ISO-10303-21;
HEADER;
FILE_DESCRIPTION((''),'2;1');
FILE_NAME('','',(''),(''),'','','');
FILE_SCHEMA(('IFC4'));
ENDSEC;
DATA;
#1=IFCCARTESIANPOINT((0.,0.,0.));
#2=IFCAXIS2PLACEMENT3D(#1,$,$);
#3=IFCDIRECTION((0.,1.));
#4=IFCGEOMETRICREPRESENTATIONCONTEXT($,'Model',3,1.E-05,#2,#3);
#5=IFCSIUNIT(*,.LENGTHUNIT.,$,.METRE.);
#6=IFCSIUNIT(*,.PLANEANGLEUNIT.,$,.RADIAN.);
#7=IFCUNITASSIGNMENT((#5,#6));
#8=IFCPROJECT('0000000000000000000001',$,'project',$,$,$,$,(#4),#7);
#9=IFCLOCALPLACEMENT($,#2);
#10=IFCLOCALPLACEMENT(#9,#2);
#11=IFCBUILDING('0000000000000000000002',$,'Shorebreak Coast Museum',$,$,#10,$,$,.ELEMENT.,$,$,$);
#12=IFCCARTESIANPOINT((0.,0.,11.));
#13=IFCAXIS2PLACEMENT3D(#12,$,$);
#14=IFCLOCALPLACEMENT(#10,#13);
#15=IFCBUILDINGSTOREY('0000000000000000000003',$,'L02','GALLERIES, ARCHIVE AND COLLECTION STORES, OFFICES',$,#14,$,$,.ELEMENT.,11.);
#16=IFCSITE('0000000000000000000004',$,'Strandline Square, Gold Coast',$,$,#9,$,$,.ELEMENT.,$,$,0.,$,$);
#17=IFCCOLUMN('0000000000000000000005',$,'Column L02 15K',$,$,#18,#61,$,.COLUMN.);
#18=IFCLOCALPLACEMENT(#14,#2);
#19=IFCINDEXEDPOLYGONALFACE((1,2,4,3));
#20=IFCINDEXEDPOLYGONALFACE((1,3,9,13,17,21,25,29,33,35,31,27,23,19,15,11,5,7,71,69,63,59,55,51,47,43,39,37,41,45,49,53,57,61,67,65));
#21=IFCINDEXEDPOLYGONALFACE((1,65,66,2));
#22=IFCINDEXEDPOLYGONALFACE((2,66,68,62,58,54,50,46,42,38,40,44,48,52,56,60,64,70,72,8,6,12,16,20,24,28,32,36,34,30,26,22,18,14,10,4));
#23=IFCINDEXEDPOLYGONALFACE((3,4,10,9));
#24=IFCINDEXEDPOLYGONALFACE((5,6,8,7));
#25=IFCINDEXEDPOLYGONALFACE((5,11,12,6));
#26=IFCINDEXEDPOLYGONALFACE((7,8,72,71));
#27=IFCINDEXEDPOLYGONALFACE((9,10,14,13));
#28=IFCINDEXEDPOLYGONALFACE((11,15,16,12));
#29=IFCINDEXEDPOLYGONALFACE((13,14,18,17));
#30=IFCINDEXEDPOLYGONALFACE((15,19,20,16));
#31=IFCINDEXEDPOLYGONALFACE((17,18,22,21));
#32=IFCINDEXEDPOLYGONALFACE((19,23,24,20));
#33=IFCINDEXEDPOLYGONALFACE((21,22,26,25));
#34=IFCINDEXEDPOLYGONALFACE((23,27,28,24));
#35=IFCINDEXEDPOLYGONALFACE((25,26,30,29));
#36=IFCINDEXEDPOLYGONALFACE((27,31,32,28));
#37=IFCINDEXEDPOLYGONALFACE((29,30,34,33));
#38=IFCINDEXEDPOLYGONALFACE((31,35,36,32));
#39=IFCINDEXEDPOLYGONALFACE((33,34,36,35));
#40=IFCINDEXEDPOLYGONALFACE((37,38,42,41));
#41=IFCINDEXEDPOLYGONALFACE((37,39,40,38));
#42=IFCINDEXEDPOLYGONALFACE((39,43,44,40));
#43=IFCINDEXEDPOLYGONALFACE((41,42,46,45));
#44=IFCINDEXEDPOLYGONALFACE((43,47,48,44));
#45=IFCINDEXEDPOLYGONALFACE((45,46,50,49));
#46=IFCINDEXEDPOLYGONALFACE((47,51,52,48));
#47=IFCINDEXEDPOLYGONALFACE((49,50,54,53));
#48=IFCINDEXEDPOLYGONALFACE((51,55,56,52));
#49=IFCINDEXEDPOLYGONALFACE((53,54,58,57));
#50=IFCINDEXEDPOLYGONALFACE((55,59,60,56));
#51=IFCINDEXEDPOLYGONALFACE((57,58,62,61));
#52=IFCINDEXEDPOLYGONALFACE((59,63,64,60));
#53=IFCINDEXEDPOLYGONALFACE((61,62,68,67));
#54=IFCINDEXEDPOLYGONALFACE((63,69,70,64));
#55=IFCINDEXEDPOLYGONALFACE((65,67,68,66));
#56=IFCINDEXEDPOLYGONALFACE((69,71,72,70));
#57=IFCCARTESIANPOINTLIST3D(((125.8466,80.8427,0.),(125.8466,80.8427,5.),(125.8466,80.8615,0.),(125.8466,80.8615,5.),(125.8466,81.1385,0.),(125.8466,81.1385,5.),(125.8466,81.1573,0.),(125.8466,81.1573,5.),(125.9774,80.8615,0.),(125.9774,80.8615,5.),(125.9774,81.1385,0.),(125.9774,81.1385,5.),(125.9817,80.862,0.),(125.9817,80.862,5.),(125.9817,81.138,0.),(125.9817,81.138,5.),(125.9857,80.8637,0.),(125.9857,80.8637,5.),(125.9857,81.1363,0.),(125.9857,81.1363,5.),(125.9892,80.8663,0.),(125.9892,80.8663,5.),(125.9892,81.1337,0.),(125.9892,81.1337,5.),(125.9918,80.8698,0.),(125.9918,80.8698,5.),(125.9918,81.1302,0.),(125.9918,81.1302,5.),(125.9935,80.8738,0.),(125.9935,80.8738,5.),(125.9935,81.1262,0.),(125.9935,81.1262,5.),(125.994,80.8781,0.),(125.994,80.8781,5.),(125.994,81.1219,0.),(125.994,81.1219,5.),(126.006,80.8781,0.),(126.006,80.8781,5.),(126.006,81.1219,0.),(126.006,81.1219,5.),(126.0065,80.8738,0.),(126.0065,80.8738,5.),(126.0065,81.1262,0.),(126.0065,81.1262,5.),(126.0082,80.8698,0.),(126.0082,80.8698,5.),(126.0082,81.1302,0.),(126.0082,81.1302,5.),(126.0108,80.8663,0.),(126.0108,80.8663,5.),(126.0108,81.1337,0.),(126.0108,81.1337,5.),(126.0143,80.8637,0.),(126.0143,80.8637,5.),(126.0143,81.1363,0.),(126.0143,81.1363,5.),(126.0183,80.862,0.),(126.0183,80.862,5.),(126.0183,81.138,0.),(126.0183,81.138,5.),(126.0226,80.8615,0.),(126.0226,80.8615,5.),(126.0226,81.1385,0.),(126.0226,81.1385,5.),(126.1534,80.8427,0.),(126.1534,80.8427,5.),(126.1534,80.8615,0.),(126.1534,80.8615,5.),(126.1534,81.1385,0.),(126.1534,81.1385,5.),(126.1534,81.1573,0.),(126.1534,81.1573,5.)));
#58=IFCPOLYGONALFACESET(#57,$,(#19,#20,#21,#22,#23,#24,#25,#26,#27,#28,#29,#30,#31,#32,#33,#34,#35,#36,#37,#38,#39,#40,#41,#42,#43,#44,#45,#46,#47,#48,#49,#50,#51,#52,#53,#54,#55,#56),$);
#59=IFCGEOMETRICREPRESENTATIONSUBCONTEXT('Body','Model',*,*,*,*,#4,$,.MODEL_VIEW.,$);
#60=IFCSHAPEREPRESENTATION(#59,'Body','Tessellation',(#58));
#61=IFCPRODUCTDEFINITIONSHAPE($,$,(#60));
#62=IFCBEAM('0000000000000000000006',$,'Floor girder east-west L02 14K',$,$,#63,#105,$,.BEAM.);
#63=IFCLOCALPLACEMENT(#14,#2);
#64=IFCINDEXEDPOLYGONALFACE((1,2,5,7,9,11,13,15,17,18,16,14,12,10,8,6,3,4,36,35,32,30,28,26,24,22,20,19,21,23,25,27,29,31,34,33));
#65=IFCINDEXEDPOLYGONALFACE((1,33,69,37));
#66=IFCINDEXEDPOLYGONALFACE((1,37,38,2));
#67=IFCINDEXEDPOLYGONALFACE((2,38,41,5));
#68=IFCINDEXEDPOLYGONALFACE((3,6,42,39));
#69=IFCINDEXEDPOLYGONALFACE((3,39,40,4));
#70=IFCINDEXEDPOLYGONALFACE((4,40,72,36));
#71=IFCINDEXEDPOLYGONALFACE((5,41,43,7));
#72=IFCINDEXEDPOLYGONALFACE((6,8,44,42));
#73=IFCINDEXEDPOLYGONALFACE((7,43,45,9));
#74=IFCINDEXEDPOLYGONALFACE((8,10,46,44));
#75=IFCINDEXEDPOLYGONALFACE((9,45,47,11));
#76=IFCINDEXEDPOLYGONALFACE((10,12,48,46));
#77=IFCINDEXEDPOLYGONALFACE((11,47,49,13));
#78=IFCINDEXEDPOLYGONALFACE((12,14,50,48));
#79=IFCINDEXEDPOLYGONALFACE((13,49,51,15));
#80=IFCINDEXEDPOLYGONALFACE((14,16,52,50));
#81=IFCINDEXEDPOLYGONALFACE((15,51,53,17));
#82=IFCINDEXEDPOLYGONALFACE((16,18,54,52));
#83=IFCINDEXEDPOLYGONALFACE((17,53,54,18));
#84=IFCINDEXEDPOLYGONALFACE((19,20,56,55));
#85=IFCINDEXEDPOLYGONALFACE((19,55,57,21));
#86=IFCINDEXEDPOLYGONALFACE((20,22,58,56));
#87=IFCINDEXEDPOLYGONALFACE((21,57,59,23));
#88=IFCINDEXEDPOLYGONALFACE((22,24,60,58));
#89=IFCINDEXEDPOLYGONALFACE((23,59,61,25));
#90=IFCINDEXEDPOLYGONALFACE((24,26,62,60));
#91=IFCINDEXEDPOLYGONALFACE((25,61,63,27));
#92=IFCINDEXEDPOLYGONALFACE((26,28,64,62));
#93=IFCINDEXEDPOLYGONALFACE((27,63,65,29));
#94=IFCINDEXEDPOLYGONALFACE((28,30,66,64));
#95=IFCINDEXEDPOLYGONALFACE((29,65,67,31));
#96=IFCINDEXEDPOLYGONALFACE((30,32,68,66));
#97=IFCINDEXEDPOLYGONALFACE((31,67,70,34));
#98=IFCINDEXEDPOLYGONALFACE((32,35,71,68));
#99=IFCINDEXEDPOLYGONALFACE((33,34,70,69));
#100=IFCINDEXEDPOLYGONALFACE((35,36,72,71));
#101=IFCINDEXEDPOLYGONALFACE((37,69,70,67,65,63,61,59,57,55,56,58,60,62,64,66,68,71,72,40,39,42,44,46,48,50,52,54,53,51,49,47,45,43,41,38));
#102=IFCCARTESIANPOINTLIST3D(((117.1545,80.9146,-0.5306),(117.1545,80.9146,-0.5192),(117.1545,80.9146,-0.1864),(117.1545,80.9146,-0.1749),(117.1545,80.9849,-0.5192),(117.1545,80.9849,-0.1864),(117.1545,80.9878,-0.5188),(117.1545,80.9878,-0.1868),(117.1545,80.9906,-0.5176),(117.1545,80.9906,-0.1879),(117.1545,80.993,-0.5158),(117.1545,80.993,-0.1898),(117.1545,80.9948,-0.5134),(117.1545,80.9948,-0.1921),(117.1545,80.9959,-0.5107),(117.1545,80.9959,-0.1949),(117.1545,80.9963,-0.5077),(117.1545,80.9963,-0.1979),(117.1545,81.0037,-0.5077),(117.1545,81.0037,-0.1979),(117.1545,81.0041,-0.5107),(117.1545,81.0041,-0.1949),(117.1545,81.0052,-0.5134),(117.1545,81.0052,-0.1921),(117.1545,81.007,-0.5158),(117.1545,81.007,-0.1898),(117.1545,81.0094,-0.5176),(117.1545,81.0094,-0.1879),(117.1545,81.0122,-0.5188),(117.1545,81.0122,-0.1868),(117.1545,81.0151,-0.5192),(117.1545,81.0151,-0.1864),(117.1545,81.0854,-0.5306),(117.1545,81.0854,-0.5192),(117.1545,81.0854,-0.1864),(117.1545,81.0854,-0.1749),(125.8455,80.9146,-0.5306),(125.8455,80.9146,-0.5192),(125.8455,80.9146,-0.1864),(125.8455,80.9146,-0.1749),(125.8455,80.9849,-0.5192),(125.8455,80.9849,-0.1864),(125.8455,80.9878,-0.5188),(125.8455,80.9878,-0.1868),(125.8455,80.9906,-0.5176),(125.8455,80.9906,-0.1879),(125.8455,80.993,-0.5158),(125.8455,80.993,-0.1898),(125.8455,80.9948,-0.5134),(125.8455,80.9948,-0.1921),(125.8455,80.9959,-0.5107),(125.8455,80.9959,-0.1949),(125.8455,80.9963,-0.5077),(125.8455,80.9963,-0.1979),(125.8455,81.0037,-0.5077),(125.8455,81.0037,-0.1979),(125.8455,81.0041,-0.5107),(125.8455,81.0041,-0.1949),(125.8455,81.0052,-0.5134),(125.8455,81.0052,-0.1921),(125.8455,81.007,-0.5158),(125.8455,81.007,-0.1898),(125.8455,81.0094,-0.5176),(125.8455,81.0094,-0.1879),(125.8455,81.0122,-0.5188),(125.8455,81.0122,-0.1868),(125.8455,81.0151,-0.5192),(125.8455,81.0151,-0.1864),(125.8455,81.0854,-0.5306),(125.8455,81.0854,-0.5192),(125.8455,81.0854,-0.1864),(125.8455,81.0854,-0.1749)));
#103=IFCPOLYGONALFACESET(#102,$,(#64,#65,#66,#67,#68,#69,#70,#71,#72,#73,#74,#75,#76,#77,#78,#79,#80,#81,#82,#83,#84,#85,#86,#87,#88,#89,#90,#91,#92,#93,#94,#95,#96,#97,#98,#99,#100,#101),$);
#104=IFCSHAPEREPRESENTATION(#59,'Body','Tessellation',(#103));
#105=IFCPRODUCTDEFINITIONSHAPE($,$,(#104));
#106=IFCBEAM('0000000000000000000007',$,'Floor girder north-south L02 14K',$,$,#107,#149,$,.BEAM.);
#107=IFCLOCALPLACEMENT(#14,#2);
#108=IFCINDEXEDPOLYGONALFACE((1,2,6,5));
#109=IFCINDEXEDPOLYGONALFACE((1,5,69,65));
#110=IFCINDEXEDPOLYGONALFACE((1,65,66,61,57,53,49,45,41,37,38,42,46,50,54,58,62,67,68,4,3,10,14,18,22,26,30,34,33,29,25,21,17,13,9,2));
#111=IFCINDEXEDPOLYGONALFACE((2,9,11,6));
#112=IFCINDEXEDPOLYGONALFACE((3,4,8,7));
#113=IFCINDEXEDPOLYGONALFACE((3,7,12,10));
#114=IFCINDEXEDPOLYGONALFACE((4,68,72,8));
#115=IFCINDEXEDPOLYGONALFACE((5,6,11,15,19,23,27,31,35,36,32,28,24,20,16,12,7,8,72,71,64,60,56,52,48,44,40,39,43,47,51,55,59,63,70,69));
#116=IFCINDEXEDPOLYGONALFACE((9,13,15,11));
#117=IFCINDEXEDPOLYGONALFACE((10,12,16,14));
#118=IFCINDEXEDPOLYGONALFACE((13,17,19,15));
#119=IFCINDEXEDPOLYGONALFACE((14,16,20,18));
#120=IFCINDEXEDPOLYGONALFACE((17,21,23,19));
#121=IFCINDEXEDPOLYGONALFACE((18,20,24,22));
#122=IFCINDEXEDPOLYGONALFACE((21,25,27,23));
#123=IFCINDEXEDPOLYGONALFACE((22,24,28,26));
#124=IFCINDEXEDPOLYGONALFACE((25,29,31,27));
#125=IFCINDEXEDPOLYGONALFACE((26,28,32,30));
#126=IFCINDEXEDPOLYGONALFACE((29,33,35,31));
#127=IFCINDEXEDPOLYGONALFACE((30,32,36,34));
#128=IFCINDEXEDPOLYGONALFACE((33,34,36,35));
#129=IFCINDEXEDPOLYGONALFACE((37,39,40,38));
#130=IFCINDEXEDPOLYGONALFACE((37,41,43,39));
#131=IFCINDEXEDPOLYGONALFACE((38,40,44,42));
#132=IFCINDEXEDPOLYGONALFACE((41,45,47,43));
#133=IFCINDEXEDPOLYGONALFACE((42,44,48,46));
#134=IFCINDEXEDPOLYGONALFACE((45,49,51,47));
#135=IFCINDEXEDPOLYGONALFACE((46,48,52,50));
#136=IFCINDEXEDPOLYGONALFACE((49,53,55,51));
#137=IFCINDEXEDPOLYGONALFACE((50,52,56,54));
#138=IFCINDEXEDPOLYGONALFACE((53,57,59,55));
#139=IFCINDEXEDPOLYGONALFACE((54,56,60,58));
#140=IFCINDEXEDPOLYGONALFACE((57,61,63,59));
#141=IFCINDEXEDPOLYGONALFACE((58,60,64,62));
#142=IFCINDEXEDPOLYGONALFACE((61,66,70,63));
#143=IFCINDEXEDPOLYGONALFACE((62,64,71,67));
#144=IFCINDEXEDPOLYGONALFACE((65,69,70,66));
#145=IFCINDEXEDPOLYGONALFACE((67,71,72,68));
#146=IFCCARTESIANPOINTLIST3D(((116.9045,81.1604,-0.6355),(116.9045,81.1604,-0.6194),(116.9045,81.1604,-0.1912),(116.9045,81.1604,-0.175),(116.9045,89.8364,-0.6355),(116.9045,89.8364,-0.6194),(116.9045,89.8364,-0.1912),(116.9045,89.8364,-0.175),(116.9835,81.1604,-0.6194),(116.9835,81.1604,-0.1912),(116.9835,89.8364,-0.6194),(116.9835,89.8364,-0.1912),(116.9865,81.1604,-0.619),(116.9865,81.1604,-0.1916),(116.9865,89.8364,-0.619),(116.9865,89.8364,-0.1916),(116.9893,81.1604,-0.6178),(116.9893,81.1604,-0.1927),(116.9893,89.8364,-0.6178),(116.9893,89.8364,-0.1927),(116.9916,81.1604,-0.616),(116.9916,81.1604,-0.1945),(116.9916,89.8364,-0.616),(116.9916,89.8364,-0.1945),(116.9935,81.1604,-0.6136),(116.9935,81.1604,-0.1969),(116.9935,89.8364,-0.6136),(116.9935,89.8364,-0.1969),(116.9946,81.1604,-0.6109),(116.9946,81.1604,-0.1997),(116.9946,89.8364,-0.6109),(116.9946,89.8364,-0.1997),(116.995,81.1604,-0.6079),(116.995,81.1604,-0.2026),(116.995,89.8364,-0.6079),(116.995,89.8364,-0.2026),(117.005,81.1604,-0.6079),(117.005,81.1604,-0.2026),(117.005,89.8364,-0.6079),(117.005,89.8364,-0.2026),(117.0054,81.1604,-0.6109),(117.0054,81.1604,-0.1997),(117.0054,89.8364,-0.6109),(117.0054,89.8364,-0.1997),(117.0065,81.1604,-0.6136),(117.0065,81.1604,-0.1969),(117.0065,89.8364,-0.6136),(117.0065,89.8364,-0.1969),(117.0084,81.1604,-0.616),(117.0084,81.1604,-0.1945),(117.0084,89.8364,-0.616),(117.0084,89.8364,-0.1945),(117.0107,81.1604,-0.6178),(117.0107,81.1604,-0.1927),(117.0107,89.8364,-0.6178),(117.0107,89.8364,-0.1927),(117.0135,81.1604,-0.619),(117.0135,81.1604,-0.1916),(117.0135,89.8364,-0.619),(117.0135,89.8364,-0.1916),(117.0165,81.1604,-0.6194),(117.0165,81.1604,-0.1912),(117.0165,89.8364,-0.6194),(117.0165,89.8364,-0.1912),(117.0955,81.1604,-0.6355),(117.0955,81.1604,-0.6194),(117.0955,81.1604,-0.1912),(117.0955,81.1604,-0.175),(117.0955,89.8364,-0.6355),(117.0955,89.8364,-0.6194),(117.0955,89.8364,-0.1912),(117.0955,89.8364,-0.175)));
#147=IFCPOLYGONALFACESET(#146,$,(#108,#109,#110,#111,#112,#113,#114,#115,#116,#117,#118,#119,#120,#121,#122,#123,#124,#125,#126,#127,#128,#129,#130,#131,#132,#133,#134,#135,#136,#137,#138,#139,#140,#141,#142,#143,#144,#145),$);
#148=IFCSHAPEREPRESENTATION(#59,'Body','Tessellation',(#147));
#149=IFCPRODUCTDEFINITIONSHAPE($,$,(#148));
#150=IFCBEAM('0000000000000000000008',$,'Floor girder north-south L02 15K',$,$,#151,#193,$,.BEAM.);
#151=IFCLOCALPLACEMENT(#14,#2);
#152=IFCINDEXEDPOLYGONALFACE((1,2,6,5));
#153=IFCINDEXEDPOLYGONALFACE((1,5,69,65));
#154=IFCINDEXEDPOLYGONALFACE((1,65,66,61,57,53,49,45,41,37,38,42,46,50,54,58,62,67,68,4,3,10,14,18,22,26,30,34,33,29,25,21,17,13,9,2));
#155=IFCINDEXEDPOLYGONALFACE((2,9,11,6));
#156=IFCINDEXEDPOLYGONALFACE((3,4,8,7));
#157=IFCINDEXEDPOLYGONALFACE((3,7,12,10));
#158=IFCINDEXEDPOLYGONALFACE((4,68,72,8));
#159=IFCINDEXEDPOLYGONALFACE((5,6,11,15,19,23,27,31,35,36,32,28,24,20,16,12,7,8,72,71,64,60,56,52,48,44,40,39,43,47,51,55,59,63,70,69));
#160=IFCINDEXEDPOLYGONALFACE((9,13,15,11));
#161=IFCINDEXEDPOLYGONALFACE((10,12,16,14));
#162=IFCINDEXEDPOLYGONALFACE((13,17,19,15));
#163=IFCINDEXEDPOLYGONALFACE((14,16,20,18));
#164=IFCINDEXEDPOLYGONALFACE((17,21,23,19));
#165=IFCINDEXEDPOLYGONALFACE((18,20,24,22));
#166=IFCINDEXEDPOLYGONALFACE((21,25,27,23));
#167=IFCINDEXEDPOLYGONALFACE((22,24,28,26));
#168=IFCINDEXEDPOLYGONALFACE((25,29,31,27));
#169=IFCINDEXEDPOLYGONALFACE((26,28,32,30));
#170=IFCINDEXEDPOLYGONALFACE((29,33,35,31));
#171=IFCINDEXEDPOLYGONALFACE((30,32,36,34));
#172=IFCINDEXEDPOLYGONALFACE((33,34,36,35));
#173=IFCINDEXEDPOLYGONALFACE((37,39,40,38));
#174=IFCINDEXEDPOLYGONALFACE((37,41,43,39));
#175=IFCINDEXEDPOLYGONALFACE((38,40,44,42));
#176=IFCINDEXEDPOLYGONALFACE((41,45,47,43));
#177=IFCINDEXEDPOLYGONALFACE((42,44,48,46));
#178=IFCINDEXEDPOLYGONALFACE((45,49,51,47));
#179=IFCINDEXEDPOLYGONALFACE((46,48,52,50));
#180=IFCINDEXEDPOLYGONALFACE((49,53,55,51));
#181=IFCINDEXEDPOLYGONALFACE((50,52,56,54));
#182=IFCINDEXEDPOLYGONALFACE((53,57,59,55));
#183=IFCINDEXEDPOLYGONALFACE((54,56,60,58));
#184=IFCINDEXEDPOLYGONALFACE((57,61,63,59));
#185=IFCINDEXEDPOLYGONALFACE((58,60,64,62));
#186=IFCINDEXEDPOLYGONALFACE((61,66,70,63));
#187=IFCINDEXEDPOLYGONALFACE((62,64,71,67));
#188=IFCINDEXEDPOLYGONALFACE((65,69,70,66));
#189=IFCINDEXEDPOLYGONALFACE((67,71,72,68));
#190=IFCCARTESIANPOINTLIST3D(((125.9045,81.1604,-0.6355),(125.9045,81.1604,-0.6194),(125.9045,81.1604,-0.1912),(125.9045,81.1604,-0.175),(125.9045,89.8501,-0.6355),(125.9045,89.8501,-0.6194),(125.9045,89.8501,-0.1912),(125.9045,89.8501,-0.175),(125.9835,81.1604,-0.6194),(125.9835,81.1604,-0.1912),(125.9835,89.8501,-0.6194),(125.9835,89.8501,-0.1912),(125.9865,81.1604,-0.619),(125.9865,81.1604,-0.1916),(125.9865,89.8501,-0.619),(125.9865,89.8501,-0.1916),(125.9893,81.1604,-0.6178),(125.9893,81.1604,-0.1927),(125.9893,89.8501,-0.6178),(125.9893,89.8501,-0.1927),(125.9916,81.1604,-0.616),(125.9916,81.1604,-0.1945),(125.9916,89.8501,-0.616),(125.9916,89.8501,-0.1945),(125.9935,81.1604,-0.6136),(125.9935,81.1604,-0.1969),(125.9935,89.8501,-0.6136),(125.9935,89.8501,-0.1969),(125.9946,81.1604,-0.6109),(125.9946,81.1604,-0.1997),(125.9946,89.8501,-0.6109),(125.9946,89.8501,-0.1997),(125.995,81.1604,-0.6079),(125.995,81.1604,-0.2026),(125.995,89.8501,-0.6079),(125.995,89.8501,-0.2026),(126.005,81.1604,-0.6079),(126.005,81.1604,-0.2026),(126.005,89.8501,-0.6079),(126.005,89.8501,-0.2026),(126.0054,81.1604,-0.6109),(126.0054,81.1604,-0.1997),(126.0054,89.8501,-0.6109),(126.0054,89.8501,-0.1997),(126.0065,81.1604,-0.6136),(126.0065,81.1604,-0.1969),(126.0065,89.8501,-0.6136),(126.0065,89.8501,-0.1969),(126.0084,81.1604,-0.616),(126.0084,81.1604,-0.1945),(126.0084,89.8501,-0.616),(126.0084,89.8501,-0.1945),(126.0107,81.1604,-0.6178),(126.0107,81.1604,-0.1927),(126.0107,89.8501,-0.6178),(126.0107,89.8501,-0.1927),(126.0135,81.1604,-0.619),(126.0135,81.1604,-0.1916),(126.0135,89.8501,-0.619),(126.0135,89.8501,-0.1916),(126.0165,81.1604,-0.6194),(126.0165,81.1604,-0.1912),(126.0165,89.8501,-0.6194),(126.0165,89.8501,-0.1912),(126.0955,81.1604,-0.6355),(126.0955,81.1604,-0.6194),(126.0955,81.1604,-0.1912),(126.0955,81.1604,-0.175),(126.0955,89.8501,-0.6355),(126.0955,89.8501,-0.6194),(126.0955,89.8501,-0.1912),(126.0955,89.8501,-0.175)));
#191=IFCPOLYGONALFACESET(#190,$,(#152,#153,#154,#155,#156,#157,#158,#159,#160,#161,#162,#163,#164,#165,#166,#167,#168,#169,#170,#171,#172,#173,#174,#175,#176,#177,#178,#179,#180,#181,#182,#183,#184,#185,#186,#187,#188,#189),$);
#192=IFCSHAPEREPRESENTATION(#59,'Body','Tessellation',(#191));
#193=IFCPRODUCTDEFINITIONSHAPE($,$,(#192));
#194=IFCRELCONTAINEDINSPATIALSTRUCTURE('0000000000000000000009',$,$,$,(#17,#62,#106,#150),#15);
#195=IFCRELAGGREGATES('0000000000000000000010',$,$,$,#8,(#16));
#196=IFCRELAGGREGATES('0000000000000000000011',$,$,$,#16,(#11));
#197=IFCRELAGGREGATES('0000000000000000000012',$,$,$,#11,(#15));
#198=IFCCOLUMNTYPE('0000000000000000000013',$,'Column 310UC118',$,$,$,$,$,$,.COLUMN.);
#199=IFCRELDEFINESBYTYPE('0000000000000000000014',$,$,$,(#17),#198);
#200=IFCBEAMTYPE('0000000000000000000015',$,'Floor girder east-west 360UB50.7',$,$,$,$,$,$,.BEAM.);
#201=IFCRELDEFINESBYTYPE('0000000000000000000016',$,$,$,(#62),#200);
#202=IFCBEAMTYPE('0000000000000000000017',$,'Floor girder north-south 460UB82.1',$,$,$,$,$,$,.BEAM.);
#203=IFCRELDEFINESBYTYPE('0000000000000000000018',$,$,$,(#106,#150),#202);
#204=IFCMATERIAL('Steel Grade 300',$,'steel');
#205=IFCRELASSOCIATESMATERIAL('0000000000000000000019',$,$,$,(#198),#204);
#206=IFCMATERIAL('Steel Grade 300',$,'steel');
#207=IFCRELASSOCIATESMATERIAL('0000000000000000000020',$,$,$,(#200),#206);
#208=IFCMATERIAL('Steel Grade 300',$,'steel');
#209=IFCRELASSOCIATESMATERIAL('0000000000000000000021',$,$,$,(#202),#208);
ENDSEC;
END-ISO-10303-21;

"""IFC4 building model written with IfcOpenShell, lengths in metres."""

from ifc_helpers import new_model, si_unit, direction, frame, origin, origin_2d, place, context, subcontext, project, spatial, i_section, extrude, material, material_profile, profile_set, type_object, element, save


model = new_model("IFC4")

# Units and contexts
model_context = context("Model", 3, precision=1e-05, world=origin(), true_north=direction((0.0, 1.0)))
body_context = subcontext(model_context, "Body", "Model", "MODEL_VIEW")
ifc_project = project(units=[si_unit("LENGTHUNIT", "METRE"), si_unit("PLANEANGLEUNIT", "RADIAN")], contexts=[model_context])

# Site, building, storey
site_placement = place(None, origin())
site = spatial("IfcSite", under=ifc_project, at=site_placement, Name="Strandline Square, Gold Coast", CompositionType="ELEMENT", RefElevation=0.0)
building_placement = place(site_placement, origin())
building = spatial("IfcBuilding", under=site, at=building_placement, Name="Shorebreak Coast Museum", CompositionType="ELEMENT")
storey_placement = place(building_placement, frame((0.0, 0.0, 11.0)))
storey = spatial("IfcBuildingStorey", under=building, at=storey_placement, Name="L02", Description="GALLERIES, ARCHIVE AND COLLECTION STORES, OFFICES", CompositionType="ELEMENT", Elevation=11.0)

# Column
ifc_material_1 = material(Name="Steel Grade 300", Category="steel")
ifc_material_profile_1 = material_profile(ifc_material_1, i_section(OverallWidth=0.3069, OverallDepth=0.3147, WebThickness=0.012, FlangeThickness=0.0188, FilletRadius=0.0166, at=origin_2d()), Name="310UC118")
ifc_profile_set_1 = profile_set([ifc_material_profile_1], Name="Steel Grade 300")
column_type = type_object("IfcColumnType", Name="Column 310UC118", PredefinedType="COLUMN", material=ifc_profile_set_1)
column_placement = place(storey_placement, frame((126.0, 81.0, 0.0), z_axis=(0.0, 0.0, 1.0), x_axis=(1.0, 0.0, 0.0)))
element("IfcColumn", 1, at=column_placement, inside=storey, type_object=column_type, Name="Column L02 15K", PredefinedType="COLUMN", context=body_context, shape_type="SweptSolid", body=[
    extrude(i_section(OverallWidth=0.3069, OverallDepth=0.3147, WebThickness=0.012, FlangeThickness=0.0188, FilletRadius=0.0166, at=origin_2d()), origin(), (0.0, 0.0, 1.0), 5.0),
])

# Beams
ifc_material_2 = material(Name="Steel Grade 300", Category="steel")
ifc_material_profile_2 = material_profile(ifc_material_2, i_section(OverallWidth=0.1709, OverallDepth=0.3557, WebThickness=0.0073, FlangeThickness=0.0115, FilletRadius=0.0115, at=origin_2d()), Name="360UB50.7")
ifc_profile_set_2 = profile_set([ifc_material_profile_2], Name="Steel Grade 300")
beam_type_1 = type_object("IfcBeamType", Name="Floor girder east-west 360UB50.7", PredefinedType="BEAM", material=ifc_profile_set_2)
beam_1_placement = place(storey_placement, frame((117.1545, 81.0, -0.3528), z_axis=(1.0, 0.0, 0.0), x_axis=(0.0, 1.0, 0.0)))
element("IfcBeam", 2, at=beam_1_placement, inside=storey, type_object=beam_type_1, Name="Floor girder east-west L02 14K", PredefinedType="BEAM", context=body_context, shape_type="SweptSolid", body=[
    extrude(i_section(OverallWidth=0.1709, OverallDepth=0.3557, WebThickness=0.0073, FlangeThickness=0.0115, FilletRadius=0.0115, at=origin_2d()), origin(), (0.0, 0.0, 1.0), 8.6909),
])
ifc_material_3 = material(Name="Steel Grade 300", Category="steel")
ifc_material_profile_3 = material_profile(ifc_material_3, i_section(OverallWidth=0.1909, OverallDepth=0.4604, WebThickness=0.01, FlangeThickness=0.0161, FilletRadius=0.0115, at=origin_2d()), Name="460UB82.1")
ifc_profile_set_3 = profile_set([ifc_material_profile_3], Name="Steel Grade 300")
beam_type_2 = type_object("IfcBeamType", Name="Floor girder north-south 460UB82.1", PredefinedType="BEAM", material=ifc_profile_set_3)
beam_2_placement = place(storey_placement, frame((117.0, 81.1604, -0.4053), z_axis=(0.0, 1.0, 0.0), x_axis=(-1.0, 0.0, 0.0)))
element("IfcBeam", 3, at=beam_2_placement, inside=storey, type_object=beam_type_2, Name="Floor girder north-south L02 14K", PredefinedType="BEAM", context=body_context, shape_type="SweptSolid", body=[
    extrude(i_section(OverallWidth=0.1909, OverallDepth=0.4604, WebThickness=0.01, FlangeThickness=0.0161, FilletRadius=0.0115, at=origin_2d()), origin(), (0.0, 0.0, 1.0), 8.676),
])
beam_3_placement = place(storey_placement, frame((126.0, 81.1604, -0.4053), z_axis=(0.0, 1.0, 0.0), x_axis=(-1.0, 0.0, 0.0)))
element("IfcBeam", 4, at=beam_3_placement, inside=storey, type_object=beam_type_2, Name="Floor girder north-south L02 15K", PredefinedType="BEAM", context=body_context, shape_type="SweptSolid", body=[
    extrude(i_section(OverallWidth=0.1909, OverallDepth=0.4604, WebThickness=0.01, FlangeThickness=0.0161, FilletRadius=0.0115, at=origin_2d()), origin(), (0.0, 0.0, 1.0), 8.6897),
])

save(model, "model.ifc")
